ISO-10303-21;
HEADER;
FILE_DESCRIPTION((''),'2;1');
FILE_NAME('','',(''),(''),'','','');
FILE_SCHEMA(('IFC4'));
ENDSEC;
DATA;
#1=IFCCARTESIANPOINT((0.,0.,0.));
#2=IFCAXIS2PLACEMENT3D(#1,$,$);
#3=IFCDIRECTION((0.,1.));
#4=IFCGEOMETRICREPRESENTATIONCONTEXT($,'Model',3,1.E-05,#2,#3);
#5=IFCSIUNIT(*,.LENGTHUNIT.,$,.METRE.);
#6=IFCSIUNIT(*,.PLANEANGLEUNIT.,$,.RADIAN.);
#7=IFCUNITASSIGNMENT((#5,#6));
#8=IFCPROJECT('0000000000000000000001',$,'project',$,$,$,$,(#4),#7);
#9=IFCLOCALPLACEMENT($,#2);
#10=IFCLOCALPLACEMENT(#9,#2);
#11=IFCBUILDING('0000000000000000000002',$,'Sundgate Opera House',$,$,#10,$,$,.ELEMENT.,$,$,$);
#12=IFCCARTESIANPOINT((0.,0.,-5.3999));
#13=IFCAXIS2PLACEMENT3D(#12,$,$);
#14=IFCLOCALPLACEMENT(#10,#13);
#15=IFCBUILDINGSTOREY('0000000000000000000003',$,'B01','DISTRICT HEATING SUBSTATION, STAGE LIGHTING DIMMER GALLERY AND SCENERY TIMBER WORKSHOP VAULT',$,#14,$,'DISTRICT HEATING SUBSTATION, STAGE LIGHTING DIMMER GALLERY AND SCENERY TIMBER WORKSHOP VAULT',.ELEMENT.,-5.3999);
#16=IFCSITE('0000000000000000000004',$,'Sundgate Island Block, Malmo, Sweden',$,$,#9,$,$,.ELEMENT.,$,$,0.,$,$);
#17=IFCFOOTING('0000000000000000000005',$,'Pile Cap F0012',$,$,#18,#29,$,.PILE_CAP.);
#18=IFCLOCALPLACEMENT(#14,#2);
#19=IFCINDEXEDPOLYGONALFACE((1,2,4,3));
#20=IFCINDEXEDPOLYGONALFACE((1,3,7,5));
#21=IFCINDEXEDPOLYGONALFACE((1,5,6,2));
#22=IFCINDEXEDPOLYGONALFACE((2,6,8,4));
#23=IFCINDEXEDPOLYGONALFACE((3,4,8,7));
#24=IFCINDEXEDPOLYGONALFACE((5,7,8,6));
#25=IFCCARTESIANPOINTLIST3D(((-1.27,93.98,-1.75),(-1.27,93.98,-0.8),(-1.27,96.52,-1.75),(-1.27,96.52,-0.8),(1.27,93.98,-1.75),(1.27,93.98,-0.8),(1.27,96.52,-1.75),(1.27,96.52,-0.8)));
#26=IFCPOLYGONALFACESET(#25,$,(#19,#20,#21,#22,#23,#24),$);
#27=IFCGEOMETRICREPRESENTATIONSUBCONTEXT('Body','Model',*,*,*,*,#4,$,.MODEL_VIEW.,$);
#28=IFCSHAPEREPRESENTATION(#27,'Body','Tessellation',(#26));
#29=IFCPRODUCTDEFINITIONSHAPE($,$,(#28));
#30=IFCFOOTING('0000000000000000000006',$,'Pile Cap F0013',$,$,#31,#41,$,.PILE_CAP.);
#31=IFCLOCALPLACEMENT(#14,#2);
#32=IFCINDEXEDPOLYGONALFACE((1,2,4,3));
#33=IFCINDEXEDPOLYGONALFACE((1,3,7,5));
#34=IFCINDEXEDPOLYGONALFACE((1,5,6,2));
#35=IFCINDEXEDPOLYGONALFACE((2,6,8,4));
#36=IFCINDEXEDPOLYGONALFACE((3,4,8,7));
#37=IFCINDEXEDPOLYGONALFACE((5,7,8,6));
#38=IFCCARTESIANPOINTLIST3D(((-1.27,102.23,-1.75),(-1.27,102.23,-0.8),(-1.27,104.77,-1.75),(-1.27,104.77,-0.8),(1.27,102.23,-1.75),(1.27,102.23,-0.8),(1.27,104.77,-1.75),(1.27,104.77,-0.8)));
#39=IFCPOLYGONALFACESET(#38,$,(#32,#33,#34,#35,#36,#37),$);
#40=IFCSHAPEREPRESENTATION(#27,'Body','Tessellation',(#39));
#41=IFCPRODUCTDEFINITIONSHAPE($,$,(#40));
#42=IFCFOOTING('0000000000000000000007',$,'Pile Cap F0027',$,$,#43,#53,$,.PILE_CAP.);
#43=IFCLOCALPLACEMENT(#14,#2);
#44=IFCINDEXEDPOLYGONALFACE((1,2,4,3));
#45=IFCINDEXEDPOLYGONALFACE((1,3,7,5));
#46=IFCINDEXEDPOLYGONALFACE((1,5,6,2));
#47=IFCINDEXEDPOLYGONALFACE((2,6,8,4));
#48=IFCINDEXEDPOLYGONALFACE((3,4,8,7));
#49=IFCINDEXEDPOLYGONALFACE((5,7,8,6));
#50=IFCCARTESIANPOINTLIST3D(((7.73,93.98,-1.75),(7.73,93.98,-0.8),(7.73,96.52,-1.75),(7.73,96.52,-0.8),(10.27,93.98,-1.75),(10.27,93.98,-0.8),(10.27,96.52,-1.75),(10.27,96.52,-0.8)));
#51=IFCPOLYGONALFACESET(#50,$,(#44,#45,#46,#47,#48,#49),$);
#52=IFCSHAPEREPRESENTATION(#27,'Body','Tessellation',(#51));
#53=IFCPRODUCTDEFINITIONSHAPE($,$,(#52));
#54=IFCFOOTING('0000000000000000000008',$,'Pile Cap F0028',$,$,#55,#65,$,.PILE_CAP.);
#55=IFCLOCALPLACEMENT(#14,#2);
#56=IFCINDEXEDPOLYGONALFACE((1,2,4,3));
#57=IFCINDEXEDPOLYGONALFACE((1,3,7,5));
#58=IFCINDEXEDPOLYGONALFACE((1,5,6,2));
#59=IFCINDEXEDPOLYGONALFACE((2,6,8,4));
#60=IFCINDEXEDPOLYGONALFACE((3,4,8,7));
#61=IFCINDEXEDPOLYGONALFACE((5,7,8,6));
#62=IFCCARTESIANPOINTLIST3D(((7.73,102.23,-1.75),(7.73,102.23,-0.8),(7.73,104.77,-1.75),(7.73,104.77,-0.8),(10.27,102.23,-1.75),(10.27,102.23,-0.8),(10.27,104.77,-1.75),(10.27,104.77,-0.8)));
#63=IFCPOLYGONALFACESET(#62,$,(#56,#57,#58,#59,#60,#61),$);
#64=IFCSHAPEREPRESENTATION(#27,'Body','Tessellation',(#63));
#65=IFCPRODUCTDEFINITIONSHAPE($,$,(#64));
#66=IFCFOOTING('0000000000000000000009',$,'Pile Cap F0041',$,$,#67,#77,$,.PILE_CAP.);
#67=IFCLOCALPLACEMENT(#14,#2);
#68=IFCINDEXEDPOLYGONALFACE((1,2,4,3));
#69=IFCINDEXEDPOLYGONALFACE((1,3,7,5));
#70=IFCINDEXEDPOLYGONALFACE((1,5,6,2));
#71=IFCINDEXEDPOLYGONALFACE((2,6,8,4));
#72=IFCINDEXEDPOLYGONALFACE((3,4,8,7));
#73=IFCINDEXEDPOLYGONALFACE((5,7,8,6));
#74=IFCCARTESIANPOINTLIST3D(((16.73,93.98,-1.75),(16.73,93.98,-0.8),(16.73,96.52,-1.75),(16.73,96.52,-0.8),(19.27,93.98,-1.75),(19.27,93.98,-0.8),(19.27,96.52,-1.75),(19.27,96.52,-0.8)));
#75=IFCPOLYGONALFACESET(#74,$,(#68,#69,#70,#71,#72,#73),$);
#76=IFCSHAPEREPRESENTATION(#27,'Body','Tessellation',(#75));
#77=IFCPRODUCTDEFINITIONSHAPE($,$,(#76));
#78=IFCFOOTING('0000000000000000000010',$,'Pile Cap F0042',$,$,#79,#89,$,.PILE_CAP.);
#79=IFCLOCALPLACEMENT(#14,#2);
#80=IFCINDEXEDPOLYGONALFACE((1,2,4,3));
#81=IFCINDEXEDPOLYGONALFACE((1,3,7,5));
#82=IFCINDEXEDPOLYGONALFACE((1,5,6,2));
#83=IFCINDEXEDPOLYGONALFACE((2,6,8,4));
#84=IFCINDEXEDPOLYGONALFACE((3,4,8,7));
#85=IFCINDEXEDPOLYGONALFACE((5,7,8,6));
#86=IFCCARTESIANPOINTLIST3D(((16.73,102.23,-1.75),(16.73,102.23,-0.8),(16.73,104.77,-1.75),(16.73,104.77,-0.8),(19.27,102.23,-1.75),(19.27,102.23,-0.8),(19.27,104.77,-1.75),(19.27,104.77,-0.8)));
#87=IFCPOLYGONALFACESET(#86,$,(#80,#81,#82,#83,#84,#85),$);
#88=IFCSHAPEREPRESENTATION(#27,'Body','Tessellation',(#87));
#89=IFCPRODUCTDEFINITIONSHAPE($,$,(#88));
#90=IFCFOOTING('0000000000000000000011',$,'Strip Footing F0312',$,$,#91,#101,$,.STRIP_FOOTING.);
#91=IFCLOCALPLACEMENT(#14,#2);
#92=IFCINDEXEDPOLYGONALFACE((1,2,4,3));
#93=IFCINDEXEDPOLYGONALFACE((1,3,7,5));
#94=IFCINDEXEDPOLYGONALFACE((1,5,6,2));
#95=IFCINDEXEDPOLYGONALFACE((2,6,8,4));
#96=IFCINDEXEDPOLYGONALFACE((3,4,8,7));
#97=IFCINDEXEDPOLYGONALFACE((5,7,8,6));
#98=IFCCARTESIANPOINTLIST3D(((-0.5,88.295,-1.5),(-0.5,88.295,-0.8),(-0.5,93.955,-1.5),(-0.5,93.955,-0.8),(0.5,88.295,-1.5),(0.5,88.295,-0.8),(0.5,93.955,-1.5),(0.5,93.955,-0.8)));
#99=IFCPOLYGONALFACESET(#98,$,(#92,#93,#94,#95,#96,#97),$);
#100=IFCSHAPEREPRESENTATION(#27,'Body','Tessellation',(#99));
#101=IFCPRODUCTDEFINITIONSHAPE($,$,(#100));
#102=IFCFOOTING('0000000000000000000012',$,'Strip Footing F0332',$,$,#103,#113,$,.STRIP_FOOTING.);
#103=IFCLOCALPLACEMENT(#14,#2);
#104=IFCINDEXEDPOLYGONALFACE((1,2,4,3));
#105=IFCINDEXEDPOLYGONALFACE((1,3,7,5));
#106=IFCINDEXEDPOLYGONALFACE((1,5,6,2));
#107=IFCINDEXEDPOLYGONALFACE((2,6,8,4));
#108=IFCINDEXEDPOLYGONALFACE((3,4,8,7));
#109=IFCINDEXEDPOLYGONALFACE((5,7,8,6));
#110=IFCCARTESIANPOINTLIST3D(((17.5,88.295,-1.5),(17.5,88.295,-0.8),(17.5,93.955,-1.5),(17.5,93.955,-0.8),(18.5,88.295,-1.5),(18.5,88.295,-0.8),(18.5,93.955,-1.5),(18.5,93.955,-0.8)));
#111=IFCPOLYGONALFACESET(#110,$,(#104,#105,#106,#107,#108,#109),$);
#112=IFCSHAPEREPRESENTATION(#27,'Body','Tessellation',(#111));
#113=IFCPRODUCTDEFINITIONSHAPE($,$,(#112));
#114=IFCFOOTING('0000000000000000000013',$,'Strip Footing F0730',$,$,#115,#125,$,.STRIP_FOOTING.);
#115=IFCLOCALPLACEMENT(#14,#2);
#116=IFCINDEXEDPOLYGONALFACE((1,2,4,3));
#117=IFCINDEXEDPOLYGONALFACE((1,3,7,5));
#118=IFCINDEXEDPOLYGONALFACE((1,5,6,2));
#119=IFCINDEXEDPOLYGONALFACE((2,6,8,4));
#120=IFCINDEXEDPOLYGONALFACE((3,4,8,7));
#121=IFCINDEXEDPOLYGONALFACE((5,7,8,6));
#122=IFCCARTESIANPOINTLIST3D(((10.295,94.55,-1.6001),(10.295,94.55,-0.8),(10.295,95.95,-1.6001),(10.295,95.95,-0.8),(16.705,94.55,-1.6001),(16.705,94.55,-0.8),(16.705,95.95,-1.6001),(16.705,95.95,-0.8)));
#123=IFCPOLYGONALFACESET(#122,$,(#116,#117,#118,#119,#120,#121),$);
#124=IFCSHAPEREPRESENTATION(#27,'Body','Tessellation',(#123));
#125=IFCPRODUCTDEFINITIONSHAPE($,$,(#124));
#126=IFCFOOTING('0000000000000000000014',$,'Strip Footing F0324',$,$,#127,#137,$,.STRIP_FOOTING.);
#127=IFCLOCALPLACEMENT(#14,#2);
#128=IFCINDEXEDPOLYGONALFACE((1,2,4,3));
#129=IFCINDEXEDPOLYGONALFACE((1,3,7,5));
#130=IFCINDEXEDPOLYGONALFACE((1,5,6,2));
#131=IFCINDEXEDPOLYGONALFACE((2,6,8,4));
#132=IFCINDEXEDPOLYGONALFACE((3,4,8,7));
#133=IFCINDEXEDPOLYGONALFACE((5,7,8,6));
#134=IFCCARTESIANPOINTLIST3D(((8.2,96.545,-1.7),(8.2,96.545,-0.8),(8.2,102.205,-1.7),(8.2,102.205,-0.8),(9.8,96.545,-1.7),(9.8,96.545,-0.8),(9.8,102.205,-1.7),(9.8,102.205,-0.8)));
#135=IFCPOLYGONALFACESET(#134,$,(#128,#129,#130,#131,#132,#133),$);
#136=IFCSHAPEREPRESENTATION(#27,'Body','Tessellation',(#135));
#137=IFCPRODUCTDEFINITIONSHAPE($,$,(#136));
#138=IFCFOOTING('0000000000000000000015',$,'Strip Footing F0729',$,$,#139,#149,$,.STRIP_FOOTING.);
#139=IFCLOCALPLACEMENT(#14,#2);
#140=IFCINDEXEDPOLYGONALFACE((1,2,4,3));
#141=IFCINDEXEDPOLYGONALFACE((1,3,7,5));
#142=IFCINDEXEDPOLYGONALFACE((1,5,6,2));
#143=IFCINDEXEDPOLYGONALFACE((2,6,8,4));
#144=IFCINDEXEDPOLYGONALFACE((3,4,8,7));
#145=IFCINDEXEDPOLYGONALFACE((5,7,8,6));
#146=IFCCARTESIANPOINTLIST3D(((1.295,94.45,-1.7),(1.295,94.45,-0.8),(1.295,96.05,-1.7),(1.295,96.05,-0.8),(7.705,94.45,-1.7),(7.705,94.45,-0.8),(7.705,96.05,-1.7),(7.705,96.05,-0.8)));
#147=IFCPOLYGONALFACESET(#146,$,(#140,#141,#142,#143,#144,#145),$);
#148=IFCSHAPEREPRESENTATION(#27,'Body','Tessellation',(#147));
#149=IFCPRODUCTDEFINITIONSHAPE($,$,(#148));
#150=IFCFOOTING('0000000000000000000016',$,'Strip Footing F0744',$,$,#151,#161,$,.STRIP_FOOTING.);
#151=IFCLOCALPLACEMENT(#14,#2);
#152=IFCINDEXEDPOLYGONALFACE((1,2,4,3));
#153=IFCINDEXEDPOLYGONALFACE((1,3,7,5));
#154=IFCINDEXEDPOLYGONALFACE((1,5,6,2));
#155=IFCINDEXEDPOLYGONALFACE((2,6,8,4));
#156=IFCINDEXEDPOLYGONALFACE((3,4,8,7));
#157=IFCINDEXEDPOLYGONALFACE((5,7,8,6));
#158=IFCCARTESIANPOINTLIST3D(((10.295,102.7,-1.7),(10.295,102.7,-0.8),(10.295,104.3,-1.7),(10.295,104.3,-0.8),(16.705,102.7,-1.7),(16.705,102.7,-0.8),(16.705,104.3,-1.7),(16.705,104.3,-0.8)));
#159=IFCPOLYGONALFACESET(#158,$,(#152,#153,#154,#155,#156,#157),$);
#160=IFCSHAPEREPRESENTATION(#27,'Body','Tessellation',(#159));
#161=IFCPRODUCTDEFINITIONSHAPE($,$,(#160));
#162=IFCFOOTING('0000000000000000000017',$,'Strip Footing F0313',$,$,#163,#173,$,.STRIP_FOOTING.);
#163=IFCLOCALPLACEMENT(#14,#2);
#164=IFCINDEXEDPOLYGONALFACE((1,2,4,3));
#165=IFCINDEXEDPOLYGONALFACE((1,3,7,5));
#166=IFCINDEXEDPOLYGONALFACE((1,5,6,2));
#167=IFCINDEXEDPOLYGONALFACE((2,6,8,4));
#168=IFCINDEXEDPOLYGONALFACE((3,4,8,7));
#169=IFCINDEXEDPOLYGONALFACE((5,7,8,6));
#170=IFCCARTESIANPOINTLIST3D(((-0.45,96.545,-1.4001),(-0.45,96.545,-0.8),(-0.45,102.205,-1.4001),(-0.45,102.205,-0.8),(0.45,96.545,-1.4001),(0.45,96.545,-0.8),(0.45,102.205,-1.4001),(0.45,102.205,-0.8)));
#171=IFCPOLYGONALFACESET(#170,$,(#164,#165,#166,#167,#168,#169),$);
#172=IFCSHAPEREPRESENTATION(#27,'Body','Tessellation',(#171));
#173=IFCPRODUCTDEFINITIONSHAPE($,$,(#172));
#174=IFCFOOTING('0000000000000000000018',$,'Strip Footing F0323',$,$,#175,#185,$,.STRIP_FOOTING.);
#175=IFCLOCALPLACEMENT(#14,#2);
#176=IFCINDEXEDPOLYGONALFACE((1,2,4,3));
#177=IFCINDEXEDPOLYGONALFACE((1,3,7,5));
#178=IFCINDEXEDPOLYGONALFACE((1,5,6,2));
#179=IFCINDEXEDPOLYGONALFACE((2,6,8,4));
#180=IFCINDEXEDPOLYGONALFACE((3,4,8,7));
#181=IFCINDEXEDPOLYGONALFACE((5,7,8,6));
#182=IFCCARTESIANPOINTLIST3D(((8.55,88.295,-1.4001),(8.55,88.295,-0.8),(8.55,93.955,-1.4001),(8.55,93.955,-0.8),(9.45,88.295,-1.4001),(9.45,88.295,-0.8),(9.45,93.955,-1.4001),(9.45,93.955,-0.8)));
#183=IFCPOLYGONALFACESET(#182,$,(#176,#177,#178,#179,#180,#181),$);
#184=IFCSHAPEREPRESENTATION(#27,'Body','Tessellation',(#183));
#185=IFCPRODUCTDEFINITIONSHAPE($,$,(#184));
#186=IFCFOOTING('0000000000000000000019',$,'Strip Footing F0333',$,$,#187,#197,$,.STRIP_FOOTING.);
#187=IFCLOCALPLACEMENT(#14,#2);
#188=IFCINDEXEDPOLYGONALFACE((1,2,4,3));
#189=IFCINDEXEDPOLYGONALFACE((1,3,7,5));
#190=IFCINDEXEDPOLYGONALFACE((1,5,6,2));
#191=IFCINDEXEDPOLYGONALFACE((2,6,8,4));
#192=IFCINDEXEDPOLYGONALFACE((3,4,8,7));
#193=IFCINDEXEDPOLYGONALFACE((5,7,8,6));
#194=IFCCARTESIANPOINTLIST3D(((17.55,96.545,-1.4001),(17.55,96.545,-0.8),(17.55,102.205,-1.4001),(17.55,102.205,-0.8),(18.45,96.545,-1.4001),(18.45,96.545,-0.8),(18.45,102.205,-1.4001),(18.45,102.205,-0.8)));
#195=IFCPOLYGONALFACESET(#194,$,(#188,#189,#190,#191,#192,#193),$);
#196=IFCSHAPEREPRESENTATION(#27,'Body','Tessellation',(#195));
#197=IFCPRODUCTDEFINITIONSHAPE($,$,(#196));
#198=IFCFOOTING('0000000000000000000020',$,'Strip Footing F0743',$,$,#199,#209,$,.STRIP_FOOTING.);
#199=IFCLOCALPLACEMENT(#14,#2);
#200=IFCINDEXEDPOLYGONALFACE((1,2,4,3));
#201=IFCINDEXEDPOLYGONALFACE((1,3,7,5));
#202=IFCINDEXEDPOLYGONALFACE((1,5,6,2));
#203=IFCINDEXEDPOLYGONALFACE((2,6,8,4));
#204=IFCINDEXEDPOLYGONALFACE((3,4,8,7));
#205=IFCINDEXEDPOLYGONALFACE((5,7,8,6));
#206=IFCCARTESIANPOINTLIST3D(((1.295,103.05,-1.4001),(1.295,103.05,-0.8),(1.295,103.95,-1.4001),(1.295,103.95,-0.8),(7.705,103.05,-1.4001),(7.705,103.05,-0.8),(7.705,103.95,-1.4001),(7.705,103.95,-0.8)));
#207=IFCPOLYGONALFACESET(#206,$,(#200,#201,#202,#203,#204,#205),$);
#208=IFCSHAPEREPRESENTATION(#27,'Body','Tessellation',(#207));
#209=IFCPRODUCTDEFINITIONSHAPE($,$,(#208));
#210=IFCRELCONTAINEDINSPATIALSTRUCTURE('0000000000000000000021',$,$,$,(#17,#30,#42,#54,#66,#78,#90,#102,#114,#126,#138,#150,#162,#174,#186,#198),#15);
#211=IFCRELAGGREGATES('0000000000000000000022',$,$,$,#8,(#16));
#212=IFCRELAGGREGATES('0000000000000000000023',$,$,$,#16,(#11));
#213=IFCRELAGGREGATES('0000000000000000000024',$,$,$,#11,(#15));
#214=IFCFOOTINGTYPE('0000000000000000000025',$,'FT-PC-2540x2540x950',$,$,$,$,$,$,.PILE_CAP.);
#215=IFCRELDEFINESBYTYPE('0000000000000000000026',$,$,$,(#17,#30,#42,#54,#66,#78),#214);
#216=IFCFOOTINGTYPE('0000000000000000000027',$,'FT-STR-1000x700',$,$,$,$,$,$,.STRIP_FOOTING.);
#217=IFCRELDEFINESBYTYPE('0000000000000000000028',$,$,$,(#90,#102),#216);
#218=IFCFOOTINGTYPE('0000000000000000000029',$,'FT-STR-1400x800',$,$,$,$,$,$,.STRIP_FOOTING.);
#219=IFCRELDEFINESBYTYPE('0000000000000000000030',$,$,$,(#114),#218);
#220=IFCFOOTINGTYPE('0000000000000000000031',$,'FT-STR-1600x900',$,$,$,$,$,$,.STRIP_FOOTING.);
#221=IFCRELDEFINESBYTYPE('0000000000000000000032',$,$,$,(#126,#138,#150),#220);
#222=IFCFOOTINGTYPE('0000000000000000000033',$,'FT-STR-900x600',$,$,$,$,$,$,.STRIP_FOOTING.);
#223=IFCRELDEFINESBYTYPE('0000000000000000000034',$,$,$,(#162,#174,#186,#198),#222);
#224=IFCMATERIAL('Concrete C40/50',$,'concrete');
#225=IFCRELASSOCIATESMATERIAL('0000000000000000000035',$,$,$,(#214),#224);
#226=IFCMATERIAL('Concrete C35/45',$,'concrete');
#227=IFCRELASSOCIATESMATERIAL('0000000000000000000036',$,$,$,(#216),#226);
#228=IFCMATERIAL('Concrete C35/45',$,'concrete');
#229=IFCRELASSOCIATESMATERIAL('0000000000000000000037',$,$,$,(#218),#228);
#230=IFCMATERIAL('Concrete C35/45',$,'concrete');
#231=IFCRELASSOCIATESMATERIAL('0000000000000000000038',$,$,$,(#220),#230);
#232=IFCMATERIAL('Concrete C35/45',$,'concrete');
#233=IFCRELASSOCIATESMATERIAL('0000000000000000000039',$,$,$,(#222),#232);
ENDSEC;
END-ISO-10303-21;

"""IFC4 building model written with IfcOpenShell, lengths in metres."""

from ifc_helpers import new_model, si_unit, direction, frame, origin, origin_2d, place, context, subcontext, project, spatial, rectangle, extrude, material, type_object, element, save


model = new_model("IFC4")

# Units and contexts
model_context = context("Model", 3, precision=1e-05, world=origin(), true_north=direction((0.0, 1.0)))
body_context = subcontext(model_context, "Body", "Model", "MODEL_VIEW")
ifc_project = project(units=[si_unit("LENGTHUNIT", "METRE"), si_unit("PLANEANGLEUNIT", "RADIAN")], contexts=[model_context])

# Site, building, storey
site_placement = place(None, origin())
site = spatial("IfcSite", under=ifc_project, at=site_placement, Name="Sundgate Island Block, Malmo, Sweden", CompositionType="ELEMENT", RefElevation=0.0)
building_placement = place(site_placement, origin())
building = spatial("IfcBuilding", under=site, at=building_placement, Name="Sundgate Opera House", CompositionType="ELEMENT")
storey_placement = place(building_placement, frame((0.0, 0.0, -5.3999)))
storey = spatial("IfcBuildingStorey", under=building, at=storey_placement, Name="B01", Description="DISTRICT HEATING SUBSTATION, STAGE LIGHTING DIMMER GALLERY AND SCENERY TIMBER WORKSHOP VAULT", LongName="DISTRICT HEATING SUBSTATION, STAGE LIGHTING DIMMER GALLERY AND SCENERY TIMBER WORKSHOP VAULT", CompositionType="ELEMENT", Elevation=-5.3999)

# Footings
ifc_material_1 = material(Name="Concrete C40/50", Category="concrete")
footing_type_1 = type_object("IfcFootingType", Name="FT-PC-2540x2540x950", PredefinedType="PILE_CAP", material=ifc_material_1)
for number, where, z_axis, x_axis, name in (
    (1, (0.0, 95.25, -1.75), (0.0, 0.0, 1.0), (1.0, 0.0, 0.0), "Pile Cap F0012"),
    (2, (0.0, 103.5, -1.75), (0.0, 0.0, 1.0), (1.0, 0.0, 0.0), "Pile Cap F0013"),
    (3, (9.0, 95.25, -1.75), (0.0, 0.0, 1.0), (1.0, 0.0, 0.0), "Pile Cap F0027"),
    (4, (9.0, 103.5, -1.75), (0.0, 0.0, 1.0), (1.0, 0.0, 0.0), "Pile Cap F0028"),
    (5, (18.0, 95.25, -1.75), (0.0, 0.0, 1.0), (1.0, 0.0, 0.0), "Pile Cap F0041"),
    (6, (18.0, 103.5, -1.75), (0.0, 0.0, 1.0), (1.0, 0.0, 0.0), "Pile Cap F0042"),
):
    element("IfcFooting", number, at=place(storey_placement, frame(where, z_axis=z_axis, x_axis=x_axis)), inside=storey, type_object=footing_type_1, Name=name, PredefinedType="PILE_CAP", context=body_context, shape_type="SweptSolid", body=[
        extrude(rectangle(XDim=2.54, YDim=2.54, at=origin_2d()), origin(), (0.0, 0.0, 1.0), 0.95),
    ])
ifc_material_2 = material(Name="Concrete C35/45", Category="concrete")
footing_type_2 = type_object("IfcFootingType", Name="FT-STR-1000x700", PredefinedType="STRIP_FOOTING", material=ifc_material_2)
for number, where, z_axis, x_axis, name in (
    (7, (0.0, 91.125, -1.5), (0.0, 0.0, 1.0), (1.0, 0.0, 0.0), "Strip Footing F0312"),
    (8, (18.0, 91.125, -1.5), (0.0, 0.0, 1.0), (1.0, 0.0, 0.0), "Strip Footing F0332"),
):
    element("IfcFooting", number, at=place(storey_placement, frame(where, z_axis=z_axis, x_axis=x_axis)), inside=storey, type_object=footing_type_2, Name=name, PredefinedType="STRIP_FOOTING", context=body_context, shape_type="SweptSolid", body=[
        extrude(rectangle(XDim=1.0, YDim=5.6599, at=origin_2d()), origin(), (0.0, 0.0, 1.0), 0.7),
    ])
ifc_material_3 = material(Name="Concrete C35/45", Category="concrete")
footing_type_3 = type_object("IfcFootingType", Name="FT-STR-1400x800", PredefinedType="STRIP_FOOTING", material=ifc_material_3)
footing_1_placement = place(storey_placement, frame((13.5, 95.25, -1.6001), z_axis=(0.0, 0.0, 1.0), x_axis=(1.0, 0.0, 0.0)))
element("IfcFooting", 9, at=footing_1_placement, inside=storey, type_object=footing_type_3, Name="Strip Footing F0730", PredefinedType="STRIP_FOOTING", context=body_context, shape_type="SweptSolid", body=[
    extrude(rectangle(XDim=6.4099, YDim=1.3999, at=origin_2d()), origin(), (0.0, 0.0, 1.0), 0.8),
])
ifc_material_4 = material(Name="Concrete C35/45", Category="concrete")
footing_type_4 = type_object("IfcFootingType", Name="FT-STR-1600x900", PredefinedType="STRIP_FOOTING", material=ifc_material_4)
footing_2_placement = place(storey_placement, frame((9.0, 99.375, -1.7), z_axis=(0.0, 0.0, 1.0), x_axis=(1.0, 0.0, 0.0)))
element("IfcFooting", 10, at=footing_2_placement, inside=storey, type_object=footing_type_4, Name="Strip Footing F0324", PredefinedType="STRIP_FOOTING", context=body_context, shape_type="SweptSolid", body=[
    extrude(rectangle(XDim=1.6001, YDim=5.6599, at=origin_2d()), origin(), (0.0, 0.0, 1.0), 0.8999),
])
for number, where, z_axis, x_axis, name in (
    (11, (4.5, 95.25, -1.7), (0.0, 0.0, 1.0), (1.0, 0.0, 0.0), "Strip Footing F0729"),
    (12, (13.5, 103.5, -1.7), (0.0, 0.0, 1.0), (1.0, 0.0, 0.0), "Strip Footing F0744"),
):
    element("IfcFooting", number, at=place(storey_placement, frame(where, z_axis=z_axis, x_axis=x_axis)), inside=storey, type_object=footing_type_4, Name=name, PredefinedType="STRIP_FOOTING", context=body_context, shape_type="SweptSolid", body=[
        extrude(rectangle(XDim=6.4099, YDim=1.6001, at=origin_2d()), origin(), (0.0, 0.0, 1.0), 0.8999),
    ])
ifc_material_5 = material(Name="Concrete C35/45", Category="concrete")
footing_type_5 = type_object("IfcFootingType", Name="FT-STR-900x600", PredefinedType="STRIP_FOOTING", material=ifc_material_5)
for number, where, z_axis, x_axis, name in (
    (13, (0.0, 99.375, -1.4001), (0.0, 0.0, 1.0), (1.0, 0.0, 0.0), "Strip Footing F0313"),
    (14, (9.0, 91.125, -1.4001), (0.0, 0.0, 1.0), (1.0, 0.0, 0.0), "Strip Footing F0323"),
    (15, (18.0, 99.375, -1.4001), (0.0, 0.0, 1.0), (1.0, 0.0, 0.0), "Strip Footing F0333"),
):
    element("IfcFooting", number, at=place(storey_placement, frame(where, z_axis=z_axis, x_axis=x_axis)), inside=storey, type_object=footing_type_5, Name=name, PredefinedType="STRIP_FOOTING", context=body_context, shape_type="SweptSolid", body=[
        extrude(rectangle(XDim=0.8999, YDim=5.6599, at=origin_2d()), origin(), (0.0, 0.0, 1.0), 0.6001),
    ])
footing_3_placement = place(storey_placement, frame((4.5, 103.5, -1.4001), z_axis=(0.0, 0.0, 1.0), x_axis=(1.0, 0.0, 0.0)))
element("IfcFooting", 16, at=footing_3_placement, inside=storey, type_object=footing_type_5, Name="Strip Footing F0743", PredefinedType="STRIP_FOOTING", context=body_context, shape_type="SweptSolid", body=[
    extrude(rectangle(XDim=6.4099, YDim=0.8999, at=origin_2d()), origin(), (0.0, 0.0, 1.0), 0.6001),
])

save(model, "model.ifc")
